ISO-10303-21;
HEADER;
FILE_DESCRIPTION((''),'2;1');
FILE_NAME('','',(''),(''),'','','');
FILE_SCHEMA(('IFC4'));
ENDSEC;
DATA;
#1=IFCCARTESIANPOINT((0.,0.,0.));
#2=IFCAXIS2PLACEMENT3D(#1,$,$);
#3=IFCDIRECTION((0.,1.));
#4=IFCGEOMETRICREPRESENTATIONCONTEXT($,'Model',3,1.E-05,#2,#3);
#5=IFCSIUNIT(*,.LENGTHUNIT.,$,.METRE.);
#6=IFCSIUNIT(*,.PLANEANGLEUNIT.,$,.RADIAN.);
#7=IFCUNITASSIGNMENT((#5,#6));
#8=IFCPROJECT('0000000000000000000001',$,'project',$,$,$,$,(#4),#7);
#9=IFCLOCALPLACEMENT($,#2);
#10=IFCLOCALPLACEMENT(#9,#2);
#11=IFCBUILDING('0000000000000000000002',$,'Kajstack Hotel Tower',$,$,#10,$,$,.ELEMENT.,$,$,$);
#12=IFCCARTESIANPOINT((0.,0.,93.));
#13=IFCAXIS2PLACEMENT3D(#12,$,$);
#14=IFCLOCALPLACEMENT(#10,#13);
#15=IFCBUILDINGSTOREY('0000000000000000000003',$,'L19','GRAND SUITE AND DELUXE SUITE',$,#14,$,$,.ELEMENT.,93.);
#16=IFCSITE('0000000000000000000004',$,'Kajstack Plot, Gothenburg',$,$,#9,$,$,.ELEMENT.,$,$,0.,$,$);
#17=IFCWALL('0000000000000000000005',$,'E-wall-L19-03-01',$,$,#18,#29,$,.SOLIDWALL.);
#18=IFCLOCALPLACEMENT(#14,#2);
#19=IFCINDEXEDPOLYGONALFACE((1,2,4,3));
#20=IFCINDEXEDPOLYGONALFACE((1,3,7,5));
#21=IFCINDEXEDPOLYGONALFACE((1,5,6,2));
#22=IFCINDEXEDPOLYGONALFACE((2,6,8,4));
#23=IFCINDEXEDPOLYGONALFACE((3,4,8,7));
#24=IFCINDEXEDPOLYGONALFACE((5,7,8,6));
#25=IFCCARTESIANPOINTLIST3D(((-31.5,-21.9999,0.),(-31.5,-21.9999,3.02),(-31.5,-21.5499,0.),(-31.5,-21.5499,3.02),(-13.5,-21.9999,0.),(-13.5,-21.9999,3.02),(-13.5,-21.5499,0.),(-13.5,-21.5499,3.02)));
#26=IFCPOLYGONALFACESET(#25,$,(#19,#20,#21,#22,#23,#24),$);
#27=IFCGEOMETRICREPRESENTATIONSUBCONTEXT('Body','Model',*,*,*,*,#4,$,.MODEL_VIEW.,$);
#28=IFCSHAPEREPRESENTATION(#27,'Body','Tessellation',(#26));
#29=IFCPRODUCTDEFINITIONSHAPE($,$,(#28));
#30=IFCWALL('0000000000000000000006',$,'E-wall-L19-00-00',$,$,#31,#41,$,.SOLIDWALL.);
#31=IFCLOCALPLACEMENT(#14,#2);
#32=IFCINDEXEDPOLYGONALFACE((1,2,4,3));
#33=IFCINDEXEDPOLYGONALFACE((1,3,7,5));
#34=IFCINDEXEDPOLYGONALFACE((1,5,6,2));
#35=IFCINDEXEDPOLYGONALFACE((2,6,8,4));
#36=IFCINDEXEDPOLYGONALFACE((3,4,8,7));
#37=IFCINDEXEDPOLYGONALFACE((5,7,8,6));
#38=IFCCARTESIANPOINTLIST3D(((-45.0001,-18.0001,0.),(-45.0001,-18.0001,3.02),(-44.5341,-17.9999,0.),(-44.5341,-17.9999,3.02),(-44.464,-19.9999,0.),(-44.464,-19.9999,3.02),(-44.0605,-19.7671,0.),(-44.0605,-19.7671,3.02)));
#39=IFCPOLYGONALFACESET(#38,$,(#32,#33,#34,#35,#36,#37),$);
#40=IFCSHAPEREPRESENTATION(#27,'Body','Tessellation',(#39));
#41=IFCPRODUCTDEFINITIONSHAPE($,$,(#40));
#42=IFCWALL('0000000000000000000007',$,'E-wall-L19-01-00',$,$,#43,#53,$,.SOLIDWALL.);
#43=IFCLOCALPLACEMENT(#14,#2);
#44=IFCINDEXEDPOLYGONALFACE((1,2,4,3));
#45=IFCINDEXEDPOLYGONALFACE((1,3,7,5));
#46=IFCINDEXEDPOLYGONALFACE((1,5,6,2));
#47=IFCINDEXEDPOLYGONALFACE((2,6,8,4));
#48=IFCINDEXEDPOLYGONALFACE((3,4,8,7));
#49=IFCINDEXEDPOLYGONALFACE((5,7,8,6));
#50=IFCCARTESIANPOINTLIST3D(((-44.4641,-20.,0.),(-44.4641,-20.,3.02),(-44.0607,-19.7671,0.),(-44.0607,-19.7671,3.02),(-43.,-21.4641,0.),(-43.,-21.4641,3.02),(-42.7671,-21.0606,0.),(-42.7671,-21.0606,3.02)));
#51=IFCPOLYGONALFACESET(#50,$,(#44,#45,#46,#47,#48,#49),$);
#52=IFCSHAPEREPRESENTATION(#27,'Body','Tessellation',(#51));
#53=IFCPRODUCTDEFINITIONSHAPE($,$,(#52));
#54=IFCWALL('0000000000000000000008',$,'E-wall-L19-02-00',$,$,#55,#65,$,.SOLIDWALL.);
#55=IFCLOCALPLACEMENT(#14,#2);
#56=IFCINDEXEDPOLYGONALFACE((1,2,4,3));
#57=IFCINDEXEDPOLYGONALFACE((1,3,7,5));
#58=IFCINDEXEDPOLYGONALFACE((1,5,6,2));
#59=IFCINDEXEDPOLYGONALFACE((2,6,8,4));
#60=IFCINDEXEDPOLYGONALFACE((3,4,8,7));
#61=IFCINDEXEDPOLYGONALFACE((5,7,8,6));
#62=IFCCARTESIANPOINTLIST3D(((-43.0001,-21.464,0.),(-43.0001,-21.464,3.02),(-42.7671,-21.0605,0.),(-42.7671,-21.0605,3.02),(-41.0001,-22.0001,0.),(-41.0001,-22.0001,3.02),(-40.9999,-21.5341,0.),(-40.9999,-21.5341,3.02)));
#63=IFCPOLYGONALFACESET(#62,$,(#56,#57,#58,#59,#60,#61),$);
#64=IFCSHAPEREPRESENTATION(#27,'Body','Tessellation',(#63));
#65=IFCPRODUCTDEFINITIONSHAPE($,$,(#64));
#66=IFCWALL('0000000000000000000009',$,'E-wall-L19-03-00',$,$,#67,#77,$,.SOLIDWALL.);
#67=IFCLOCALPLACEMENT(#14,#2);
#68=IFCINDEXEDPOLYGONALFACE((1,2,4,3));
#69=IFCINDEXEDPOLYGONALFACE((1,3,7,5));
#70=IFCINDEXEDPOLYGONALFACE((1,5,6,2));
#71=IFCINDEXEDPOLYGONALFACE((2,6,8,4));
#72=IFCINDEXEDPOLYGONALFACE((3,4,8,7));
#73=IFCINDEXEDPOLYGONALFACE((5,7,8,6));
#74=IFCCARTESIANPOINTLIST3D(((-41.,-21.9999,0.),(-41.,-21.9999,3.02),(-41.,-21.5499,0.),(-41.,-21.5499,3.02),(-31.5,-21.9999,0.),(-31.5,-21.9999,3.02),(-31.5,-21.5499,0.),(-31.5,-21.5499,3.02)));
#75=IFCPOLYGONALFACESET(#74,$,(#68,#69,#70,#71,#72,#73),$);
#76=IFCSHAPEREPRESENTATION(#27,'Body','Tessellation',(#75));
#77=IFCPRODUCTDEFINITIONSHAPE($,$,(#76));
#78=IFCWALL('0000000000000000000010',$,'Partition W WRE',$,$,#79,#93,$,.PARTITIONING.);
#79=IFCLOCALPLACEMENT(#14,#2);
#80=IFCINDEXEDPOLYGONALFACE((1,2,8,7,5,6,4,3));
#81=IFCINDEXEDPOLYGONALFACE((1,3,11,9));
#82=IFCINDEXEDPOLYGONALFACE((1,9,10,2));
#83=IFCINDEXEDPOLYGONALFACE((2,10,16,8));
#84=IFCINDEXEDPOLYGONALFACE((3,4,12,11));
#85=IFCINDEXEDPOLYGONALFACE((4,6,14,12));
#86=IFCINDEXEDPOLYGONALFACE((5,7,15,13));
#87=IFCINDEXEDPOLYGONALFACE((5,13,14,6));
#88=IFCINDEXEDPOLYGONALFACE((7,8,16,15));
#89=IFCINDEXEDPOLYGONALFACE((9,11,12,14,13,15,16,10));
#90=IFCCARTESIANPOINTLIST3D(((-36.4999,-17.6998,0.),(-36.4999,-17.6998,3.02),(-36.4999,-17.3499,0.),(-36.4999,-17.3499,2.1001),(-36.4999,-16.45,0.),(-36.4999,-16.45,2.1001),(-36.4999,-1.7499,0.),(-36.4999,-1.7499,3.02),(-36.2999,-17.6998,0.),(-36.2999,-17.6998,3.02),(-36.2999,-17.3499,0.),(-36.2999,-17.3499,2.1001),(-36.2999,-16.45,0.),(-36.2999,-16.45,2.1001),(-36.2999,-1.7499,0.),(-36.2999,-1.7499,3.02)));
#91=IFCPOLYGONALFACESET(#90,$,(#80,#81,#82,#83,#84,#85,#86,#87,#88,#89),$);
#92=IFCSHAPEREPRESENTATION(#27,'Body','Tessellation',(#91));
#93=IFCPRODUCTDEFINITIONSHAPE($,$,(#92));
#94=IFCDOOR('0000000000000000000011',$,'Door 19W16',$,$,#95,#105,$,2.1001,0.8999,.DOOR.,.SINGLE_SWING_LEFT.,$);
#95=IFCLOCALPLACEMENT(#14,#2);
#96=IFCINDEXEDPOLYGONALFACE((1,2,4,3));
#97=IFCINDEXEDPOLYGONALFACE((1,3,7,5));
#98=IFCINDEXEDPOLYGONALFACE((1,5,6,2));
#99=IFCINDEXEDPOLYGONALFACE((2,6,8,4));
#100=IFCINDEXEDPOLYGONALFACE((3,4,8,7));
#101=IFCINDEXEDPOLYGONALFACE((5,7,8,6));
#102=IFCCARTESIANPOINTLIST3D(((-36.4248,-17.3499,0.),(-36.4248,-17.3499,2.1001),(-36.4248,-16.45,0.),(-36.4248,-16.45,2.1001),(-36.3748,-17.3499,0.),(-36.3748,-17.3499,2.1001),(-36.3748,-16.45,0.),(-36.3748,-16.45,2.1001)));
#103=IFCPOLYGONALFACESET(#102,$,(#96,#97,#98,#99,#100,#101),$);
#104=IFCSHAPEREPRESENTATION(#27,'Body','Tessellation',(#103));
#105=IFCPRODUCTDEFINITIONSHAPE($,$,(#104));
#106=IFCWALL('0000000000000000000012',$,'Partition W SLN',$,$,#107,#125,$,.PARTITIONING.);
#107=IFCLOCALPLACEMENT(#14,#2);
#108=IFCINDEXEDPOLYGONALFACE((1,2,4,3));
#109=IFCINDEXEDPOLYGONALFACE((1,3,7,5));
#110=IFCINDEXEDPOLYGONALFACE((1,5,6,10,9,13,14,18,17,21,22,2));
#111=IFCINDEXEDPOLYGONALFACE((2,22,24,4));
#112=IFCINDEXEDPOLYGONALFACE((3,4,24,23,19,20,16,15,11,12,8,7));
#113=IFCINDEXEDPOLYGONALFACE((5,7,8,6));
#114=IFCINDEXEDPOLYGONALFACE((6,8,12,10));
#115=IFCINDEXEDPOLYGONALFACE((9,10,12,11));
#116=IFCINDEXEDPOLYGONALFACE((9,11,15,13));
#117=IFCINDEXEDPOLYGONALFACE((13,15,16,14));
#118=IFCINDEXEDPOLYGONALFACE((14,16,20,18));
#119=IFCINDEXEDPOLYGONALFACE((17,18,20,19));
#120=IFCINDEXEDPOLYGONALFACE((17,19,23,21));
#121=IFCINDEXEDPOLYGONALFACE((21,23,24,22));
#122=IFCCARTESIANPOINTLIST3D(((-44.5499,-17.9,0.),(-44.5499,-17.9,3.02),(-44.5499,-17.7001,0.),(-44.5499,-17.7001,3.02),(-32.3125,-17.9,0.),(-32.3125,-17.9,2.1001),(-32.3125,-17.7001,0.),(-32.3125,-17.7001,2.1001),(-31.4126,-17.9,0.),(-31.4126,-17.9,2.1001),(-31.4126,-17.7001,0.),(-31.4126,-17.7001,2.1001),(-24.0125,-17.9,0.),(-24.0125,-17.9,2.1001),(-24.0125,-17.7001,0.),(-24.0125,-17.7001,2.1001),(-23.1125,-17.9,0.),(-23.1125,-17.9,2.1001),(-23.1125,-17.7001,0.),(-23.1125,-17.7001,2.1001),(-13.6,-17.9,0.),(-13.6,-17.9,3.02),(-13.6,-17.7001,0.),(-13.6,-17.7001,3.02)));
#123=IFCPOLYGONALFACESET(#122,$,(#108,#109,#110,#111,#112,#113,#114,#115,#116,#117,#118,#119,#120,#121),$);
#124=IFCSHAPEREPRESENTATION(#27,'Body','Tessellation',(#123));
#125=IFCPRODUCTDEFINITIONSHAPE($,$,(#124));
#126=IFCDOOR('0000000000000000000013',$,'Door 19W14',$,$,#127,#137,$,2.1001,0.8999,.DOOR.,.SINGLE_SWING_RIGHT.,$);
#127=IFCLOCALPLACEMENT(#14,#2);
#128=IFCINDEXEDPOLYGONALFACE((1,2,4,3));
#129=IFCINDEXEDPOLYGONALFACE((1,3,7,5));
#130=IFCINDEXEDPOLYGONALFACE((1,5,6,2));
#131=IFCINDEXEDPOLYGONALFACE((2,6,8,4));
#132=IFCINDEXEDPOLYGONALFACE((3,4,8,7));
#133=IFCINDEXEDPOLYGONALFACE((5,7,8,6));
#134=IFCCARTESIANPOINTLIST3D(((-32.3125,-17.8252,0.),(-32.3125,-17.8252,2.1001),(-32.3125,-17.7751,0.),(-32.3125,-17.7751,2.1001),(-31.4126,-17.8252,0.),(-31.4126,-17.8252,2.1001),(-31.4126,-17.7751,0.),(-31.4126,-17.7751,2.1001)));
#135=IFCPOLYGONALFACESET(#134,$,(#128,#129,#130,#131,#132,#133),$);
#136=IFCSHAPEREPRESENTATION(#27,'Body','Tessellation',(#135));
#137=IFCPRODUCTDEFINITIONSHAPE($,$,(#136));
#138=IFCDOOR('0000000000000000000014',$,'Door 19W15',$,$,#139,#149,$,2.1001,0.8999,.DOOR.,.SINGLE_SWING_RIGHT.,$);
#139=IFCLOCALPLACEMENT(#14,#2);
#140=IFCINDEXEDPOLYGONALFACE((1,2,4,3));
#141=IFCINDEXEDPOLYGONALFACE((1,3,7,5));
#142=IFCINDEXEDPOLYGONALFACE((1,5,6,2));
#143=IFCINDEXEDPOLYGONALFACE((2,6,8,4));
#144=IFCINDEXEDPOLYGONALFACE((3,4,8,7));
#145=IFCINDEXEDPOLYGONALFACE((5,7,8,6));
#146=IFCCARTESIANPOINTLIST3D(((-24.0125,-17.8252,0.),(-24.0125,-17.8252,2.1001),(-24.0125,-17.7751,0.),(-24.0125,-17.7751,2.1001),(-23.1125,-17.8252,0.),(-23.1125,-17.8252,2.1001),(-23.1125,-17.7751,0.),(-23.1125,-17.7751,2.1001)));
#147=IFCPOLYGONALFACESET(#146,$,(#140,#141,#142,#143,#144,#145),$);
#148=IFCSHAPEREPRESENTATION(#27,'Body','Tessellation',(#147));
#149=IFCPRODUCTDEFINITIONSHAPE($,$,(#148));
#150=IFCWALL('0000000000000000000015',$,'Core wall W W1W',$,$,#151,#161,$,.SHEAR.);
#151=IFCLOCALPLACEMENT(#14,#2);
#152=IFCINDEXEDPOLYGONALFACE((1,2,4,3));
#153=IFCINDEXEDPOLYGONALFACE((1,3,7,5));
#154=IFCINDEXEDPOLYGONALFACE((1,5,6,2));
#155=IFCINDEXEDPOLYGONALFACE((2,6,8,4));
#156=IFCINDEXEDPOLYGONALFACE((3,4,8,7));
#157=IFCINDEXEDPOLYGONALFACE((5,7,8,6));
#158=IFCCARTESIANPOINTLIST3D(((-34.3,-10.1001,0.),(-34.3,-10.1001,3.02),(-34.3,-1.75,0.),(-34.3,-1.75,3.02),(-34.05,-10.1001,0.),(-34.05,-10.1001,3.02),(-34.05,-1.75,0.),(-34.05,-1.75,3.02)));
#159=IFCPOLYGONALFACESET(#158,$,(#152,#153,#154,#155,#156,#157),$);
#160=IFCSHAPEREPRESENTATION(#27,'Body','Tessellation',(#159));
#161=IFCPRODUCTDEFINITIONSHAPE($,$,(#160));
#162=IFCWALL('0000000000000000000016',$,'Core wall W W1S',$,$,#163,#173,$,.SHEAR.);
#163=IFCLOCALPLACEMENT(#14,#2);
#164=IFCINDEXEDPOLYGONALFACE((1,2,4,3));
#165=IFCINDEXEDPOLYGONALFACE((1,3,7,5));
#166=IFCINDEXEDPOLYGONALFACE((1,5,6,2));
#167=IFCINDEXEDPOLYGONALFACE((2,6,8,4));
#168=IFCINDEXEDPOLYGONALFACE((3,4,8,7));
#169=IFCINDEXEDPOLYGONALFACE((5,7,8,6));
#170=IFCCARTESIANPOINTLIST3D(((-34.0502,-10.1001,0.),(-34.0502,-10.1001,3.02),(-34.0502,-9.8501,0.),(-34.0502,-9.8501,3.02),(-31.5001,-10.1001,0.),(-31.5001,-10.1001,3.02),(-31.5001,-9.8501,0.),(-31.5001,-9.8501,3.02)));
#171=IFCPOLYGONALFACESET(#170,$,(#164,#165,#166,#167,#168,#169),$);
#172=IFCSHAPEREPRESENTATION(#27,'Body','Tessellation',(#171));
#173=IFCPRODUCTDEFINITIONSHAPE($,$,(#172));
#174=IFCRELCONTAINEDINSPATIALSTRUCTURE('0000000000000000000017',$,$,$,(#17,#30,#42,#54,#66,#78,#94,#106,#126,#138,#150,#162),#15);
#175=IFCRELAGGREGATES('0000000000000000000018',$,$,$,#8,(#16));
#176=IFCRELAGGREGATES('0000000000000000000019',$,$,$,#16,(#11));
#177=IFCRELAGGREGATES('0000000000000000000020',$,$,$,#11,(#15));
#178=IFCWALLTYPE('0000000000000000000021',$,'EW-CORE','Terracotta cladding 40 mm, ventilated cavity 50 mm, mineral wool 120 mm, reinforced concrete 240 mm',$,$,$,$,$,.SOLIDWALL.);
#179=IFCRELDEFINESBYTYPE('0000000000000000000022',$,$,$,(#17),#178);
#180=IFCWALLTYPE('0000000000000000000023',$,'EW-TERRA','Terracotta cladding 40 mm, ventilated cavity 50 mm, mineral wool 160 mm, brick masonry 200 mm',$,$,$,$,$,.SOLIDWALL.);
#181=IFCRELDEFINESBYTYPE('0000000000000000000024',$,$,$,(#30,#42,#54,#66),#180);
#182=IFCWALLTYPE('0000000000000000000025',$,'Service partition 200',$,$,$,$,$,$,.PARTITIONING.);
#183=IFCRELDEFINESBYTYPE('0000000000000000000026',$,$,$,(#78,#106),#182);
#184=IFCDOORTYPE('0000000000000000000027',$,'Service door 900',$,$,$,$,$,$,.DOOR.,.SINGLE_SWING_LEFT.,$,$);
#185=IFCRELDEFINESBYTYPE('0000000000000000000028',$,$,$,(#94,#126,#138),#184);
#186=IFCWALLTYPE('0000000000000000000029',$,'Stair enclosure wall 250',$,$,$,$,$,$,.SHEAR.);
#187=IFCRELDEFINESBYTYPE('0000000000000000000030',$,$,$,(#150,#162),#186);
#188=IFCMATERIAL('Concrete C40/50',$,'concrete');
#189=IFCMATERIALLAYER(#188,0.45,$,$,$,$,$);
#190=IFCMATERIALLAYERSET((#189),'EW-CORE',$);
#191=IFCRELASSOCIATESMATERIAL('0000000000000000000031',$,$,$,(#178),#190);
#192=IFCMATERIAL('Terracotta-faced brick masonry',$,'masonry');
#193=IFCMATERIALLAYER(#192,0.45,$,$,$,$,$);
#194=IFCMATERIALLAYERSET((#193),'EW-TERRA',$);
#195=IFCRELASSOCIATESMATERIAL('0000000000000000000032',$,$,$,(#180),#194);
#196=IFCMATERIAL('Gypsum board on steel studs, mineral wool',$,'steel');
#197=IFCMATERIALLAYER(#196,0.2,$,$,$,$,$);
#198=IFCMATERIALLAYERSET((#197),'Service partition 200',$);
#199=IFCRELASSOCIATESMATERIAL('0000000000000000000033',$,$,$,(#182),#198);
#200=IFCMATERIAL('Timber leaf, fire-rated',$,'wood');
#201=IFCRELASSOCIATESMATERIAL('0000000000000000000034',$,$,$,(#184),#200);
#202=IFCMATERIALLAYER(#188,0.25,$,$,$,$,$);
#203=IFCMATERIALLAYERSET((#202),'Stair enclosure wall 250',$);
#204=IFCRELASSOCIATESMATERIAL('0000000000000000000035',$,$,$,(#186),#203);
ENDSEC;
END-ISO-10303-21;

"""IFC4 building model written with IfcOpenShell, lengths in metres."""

from ifc_helpers import new_model, si_unit, direction, frame, frame_2d, origin, place, context, subcontext, project, spatial, polyline, rectangle, outline, extrude, material, layer, layer_set, type_object, element, fill, save


model = new_model("IFC4")

# Units and contexts
model_context = context("Model", 3, precision=1e-05, world=origin(), true_north=direction((0.0, 1.0)))
body_context = subcontext(model_context, "Body", "Model", "MODEL_VIEW")
ifc_project = project(units=[si_unit("LENGTHUNIT", "METRE"), si_unit("PLANEANGLEUNIT", "RADIAN")], contexts=[model_context])

# Site, building, storey
site_placement = place(None, origin())
site = spatial("IfcSite", under=ifc_project, at=site_placement, Name="Kajstack Plot, Gothenburg", CompositionType="ELEMENT", RefElevation=0.0)
building_placement = place(site_placement, origin())
building = spatial("IfcBuilding", under=site, at=building_placement, Name="Kajstack Hotel Tower", CompositionType="ELEMENT")
storey_placement = place(building_placement, frame((0.0, 0.0, 93.0)))
storey = spatial("IfcBuildingStorey", under=building, at=storey_placement, Name="L19", Description="GRAND SUITE AND DELUXE SUITE", CompositionType="ELEMENT", Elevation=93.0)

# Walls
ifc_material_1 = material(Name="Concrete C40/50", Category="concrete")
ifc_layer_1 = layer(ifc_material_1, 0.45)
ifc_layer_set_1 = layer_set([ifc_layer_1], Name="EW-CORE")
wall_type_1 = type_object("IfcWallType", Name="EW-CORE", Description="Terracotta cladding 40 mm, ventilated cavity 50 mm, mineral wool 120 mm, reinforced concrete 240 mm", PredefinedType="SOLIDWALL", material=ifc_layer_set_1)
wall_1_placement = place(storey_placement, frame((-31.5, -21.7749, 0.0), z_axis=(0.0, 0.0, 1.0), x_axis=(1.0, 0.0, 0.0)))
element("IfcWall", 1, at=wall_1_placement, inside=storey, type_object=wall_type_1, Name="E-wall-L19-03-01", PredefinedType="SOLIDWALL", context=body_context, shape_type="SweptSolid", body=[
    extrude(rectangle(XDim=18.0, YDim=0.45, at=frame_2d((9.0, 0.0))), origin(), (0.0, 0.0, 1.0), 3.02),
])
ifc_material_2 = material(Name="Terracotta-faced brick masonry", Category="masonry")
ifc_layer_2 = layer(ifc_material_2, 0.45)
ifc_layer_set_2 = layer_set([ifc_layer_2], Name="EW-TERRA")
wall_type_2 = type_object("IfcWallType", Name="EW-TERRA", Description="Terracotta cladding 40 mm, ventilated cavity 50 mm, mineral wool 160 mm, brick masonry 200 mm", PredefinedType="SOLIDWALL", material=ifc_layer_set_2)
wall_2_placement = place(storey_placement, frame((-44.7827, -17.9417, 0.0), z_axis=(0.0, 0.0, 1.0), x_axis=(0.258815, -0.965927, 0.0)))
element("IfcWall", 2, at=wall_2_placement, inside=storey, type_object=wall_type_2, Name="E-wall-L19-00-00", PredefinedType="SOLIDWALL", context=body_context, shape_type="SweptSolid", body=[
    extrude(outline(polyline([(0.0002, -0.2251), (2.0706, -0.2249), (1.9502, 0.2251), (0.1206, 0.2251), (0.0002, -0.2251)])), origin(), (0.0, 0.0, 1.0), 3.02),
])
wall_3_placement = place(storey_placement, frame((-44.3049, -19.8408, 0.0), z_axis=(0.0, 0.0, 1.0), x_axis=(0.707107, -0.707107, 0.0)))
element("IfcWall", 3, at=wall_3_placement, inside=storey, type_object=wall_type_2, Name="E-wall-L19-01-00", PredefinedType="SOLIDWALL", context=body_context, shape_type="SweptSolid", body=[
    extrude(outline(polyline([(0.0, -0.2251), (2.0706, -0.2251), (1.95, 0.2249), (0.1206, 0.2249), (0.0, -0.2251)])), origin(), (0.0, 0.0, 1.0), 3.02),
])
wall_4_placement = place(storey_placement, frame((-42.9417, -21.2468, 0.0), z_axis=(0.0, 0.0, 1.0), x_axis=(0.965927, -0.258815, 0.0)))
element("IfcWall", 4, at=wall_4_placement, inside=storey, type_object=wall_type_2, Name="E-wall-L19-02-00", PredefinedType="SOLIDWALL", context=body_context, shape_type="SweptSolid", body=[
    extrude(outline(polyline([(-0.0002, -0.2249), (2.0703, -0.2251), (1.95, 0.2251), (0.1204, 0.2251), (-0.0002, -0.2249)])), origin(), (0.0, 0.0, 1.0), 3.02),
])
wall_5_placement = place(storey_placement, frame((-41.0, -21.7749, 0.0), z_axis=(0.0, 0.0, 1.0), x_axis=(1.0, 0.0, 0.0)))
element("IfcWall", 5, at=wall_5_placement, inside=storey, type_object=wall_type_2, Name="E-wall-L19-03-00", PredefinedType="SOLIDWALL", context=body_context, shape_type="SweptSolid", body=[
    extrude(rectangle(XDim=9.5, YDim=0.45, at=frame_2d((4.75, 0.0))), origin(), (0.0, 0.0, 1.0), 3.02),
])

# Wall, opening, door
ifc_material_3 = material(Name="Gypsum board on steel studs, mineral wool", Category="steel")
ifc_layer_3 = layer(ifc_material_3, 0.2)
ifc_layer_set_3 = layer_set([ifc_layer_3], Name="Service partition 200")
wall_type_3 = type_object("IfcWallType", Name="Service partition 200", PredefinedType="PARTITIONING", material=ifc_layer_set_3)
wall_6_placement = place(storey_placement, frame((-36.3999, -17.7, 0.0), z_axis=(0.0, 0.0, 1.0), x_axis=(0.0, 1.0, 0.0)))
wall_6 = element("IfcWall", 6, at=wall_6_placement, inside=storey, type_object=wall_type_3, Name="Partition W WRE", PredefinedType="PARTITIONING", context=body_context, shape_type="SweptSolid", body=[
    extrude(rectangle(XDim=15.95, YDim=0.2, at=frame_2d((7.9751, 0.0))), origin(), (0.0, 0.0, 1.0), 3.02),
])
opening_1_placement = place(wall_6_placement, frame((0.3501, 0.0, 0.0)))
opening_1 = element("IfcOpeningElement", 7, at=opening_1_placement, cuts=wall_6, PredefinedType="OPENING", context=body_context, shape_type="SweptSolid", body=[
    extrude(rectangle(XDim=0.8999, YDim=2.1001, at=frame_2d((0.45, 1.05))), frame((0.0, 0.1099, 0.0), z_axis=(0.0, -1.0, 0.0), x_axis=(1.0, 0.0, 0.0)), (0.0, 0.0, 1.0), 0.22),
])
ifc_material_4 = material(Name="Timber leaf, fire-rated", Category="wood")
door_type = type_object("IfcDoorType", Name="Service door 900", OperationType="SINGLE_SWING_LEFT", PredefinedType="DOOR", material=ifc_material_4)
door_1_placement = place(opening_1_placement, origin())
door_1 = element("IfcDoor", 8, at=door_1_placement, inside=storey, type_object=door_type, Name="Door 19W16", OperationType="SINGLE_SWING_LEFT", OverallHeight=2.1001, OverallWidth=0.8999, PredefinedType="DOOR", context=body_context, shape_type="SweptSolid", body=[
    extrude(rectangle(XDim=0.8999, YDim=2.1001, at=frame_2d((0.45, 1.05))), frame((0.0, 0.0249, 0.0), z_axis=(0.0, -1.0, 0.0), x_axis=(1.0, 0.0, 0.0)), (0.0, 0.0, 1.0), 0.05),
])
fill(opening_1, door_1)

# Wall, openings, doors
wall_7_placement = place(storey_placement, frame((-44.55, -17.8, 0.0), z_axis=(0.0, 0.0, 1.0), x_axis=(1.0, 0.0, 0.0)))
wall_7 = element("IfcWall", 9, at=wall_7_placement, inside=storey, type_object=wall_type_3, Name="Partition W SLN", PredefinedType="PARTITIONING", context=body_context, shape_type="SweptSolid", body=[
    extrude(rectangle(XDim=30.95, YDim=0.2, at=frame_2d((15.4751, 0.0))), origin(), (0.0, 0.0, 1.0), 3.02),
])
opening_2_placement = place(wall_7_placement, frame((12.2375, 0.0, 0.0)))
opening_2 = element("IfcOpeningElement", 10, at=opening_2_placement, cuts=wall_7, PredefinedType="OPENING", context=body_context, shape_type="SweptSolid", body=[
    extrude(rectangle(XDim=0.8999, YDim=2.1001, at=frame_2d((0.45, 1.05))), frame((0.0, 0.1099, 0.0), z_axis=(0.0, -1.0, 0.0), x_axis=(1.0, 0.0, 0.0)), (0.0, 0.0, 1.0), 0.22),
])
opening_3_placement = place(wall_7_placement, frame((20.5376, 0.0, 0.0)))
opening_3 = element("IfcOpeningElement", 11, at=opening_3_placement, cuts=wall_7, PredefinedType="OPENING", context=body_context, shape_type="SweptSolid", body=[
    extrude(rectangle(XDim=0.8999, YDim=2.1001, at=frame_2d((0.45, 1.05))), frame((0.0, 0.1099, 0.0), z_axis=(0.0, -1.0, 0.0), x_axis=(1.0, 0.0, 0.0)), (0.0, 0.0, 1.0), 0.22),
])
door_2_placement = place(opening_2_placement, origin())
door_2 = element("IfcDoor", 12, at=door_2_placement, inside=storey, type_object=door_type, Name="Door 19W14", OperationType="SINGLE_SWING_RIGHT", OverallHeight=2.1001, OverallWidth=0.8999, PredefinedType="DOOR", context=body_context, shape_type="SweptSolid", body=[
    extrude(rectangle(XDim=0.8999, YDim=2.1001, at=frame_2d((0.45, 1.05))), frame((0.0, 0.0249, 0.0), z_axis=(0.0, -1.0, 0.0), x_axis=(1.0, 0.0, 0.0)), (0.0, 0.0, 1.0), 0.05),
])
fill(opening_2, door_2)
door_3_placement = place(opening_3_placement, origin())
door_3 = element("IfcDoor", 13, at=door_3_placement, inside=storey, type_object=door_type, Name="Door 19W15", OperationType="SINGLE_SWING_RIGHT", OverallHeight=2.1001, OverallWidth=0.8999, PredefinedType="DOOR", context=body_context, shape_type="SweptSolid", body=[
    extrude(rectangle(XDim=0.8999, YDim=2.1001, at=frame_2d((0.45, 1.05))), frame((0.0, 0.0249, 0.0), z_axis=(0.0, -1.0, 0.0), x_axis=(1.0, 0.0, 0.0)), (0.0, 0.0, 1.0), 0.05),
])
fill(opening_3, door_3)

# Walls
ifc_layer_4 = layer(ifc_material_1, 0.25)
ifc_layer_set_4 = layer_set([ifc_layer_4], Name="Stair enclosure wall 250")
wall_type_4 = type_object("IfcWallType", Name="Stair enclosure wall 250", PredefinedType="SHEAR", material=ifc_layer_set_4)
wall_8_placement = place(storey_placement, frame((-34.175, -10.1001, 0.0), z_axis=(0.0, 0.0, 1.0), x_axis=(0.0, 1.0, 0.0)))
element("IfcWall", 14, at=wall_8_placement, inside=storey, type_object=wall_type_4, Name="Core wall W W1W", PredefinedType="SHEAR", context=body_context, shape_type="SweptSolid", body=[
    extrude(rectangle(XDim=8.3501, YDim=0.25, at=frame_2d((4.175, 0.0))), origin(), (0.0, 0.0, 1.0), 3.02),
])
wall_9_placement = place(storey_placement, frame((-34.05, -9.9751, 0.0), z_axis=(0.0, 0.0, 1.0), x_axis=(1.0, 0.0, 0.0)))
element("IfcWall", 15, at=wall_9_placement, inside=storey, type_object=wall_type_4, Name="Core wall W W1S", PredefinedType="SHEAR", context=body_context, shape_type="SweptSolid", body=[
    extrude(rectangle(XDim=2.55, YDim=0.25, at=frame_2d((1.2749, 0.0))), origin(), (0.0, 0.0, 1.0), 3.02),
])

save(model, "model.ifc")
